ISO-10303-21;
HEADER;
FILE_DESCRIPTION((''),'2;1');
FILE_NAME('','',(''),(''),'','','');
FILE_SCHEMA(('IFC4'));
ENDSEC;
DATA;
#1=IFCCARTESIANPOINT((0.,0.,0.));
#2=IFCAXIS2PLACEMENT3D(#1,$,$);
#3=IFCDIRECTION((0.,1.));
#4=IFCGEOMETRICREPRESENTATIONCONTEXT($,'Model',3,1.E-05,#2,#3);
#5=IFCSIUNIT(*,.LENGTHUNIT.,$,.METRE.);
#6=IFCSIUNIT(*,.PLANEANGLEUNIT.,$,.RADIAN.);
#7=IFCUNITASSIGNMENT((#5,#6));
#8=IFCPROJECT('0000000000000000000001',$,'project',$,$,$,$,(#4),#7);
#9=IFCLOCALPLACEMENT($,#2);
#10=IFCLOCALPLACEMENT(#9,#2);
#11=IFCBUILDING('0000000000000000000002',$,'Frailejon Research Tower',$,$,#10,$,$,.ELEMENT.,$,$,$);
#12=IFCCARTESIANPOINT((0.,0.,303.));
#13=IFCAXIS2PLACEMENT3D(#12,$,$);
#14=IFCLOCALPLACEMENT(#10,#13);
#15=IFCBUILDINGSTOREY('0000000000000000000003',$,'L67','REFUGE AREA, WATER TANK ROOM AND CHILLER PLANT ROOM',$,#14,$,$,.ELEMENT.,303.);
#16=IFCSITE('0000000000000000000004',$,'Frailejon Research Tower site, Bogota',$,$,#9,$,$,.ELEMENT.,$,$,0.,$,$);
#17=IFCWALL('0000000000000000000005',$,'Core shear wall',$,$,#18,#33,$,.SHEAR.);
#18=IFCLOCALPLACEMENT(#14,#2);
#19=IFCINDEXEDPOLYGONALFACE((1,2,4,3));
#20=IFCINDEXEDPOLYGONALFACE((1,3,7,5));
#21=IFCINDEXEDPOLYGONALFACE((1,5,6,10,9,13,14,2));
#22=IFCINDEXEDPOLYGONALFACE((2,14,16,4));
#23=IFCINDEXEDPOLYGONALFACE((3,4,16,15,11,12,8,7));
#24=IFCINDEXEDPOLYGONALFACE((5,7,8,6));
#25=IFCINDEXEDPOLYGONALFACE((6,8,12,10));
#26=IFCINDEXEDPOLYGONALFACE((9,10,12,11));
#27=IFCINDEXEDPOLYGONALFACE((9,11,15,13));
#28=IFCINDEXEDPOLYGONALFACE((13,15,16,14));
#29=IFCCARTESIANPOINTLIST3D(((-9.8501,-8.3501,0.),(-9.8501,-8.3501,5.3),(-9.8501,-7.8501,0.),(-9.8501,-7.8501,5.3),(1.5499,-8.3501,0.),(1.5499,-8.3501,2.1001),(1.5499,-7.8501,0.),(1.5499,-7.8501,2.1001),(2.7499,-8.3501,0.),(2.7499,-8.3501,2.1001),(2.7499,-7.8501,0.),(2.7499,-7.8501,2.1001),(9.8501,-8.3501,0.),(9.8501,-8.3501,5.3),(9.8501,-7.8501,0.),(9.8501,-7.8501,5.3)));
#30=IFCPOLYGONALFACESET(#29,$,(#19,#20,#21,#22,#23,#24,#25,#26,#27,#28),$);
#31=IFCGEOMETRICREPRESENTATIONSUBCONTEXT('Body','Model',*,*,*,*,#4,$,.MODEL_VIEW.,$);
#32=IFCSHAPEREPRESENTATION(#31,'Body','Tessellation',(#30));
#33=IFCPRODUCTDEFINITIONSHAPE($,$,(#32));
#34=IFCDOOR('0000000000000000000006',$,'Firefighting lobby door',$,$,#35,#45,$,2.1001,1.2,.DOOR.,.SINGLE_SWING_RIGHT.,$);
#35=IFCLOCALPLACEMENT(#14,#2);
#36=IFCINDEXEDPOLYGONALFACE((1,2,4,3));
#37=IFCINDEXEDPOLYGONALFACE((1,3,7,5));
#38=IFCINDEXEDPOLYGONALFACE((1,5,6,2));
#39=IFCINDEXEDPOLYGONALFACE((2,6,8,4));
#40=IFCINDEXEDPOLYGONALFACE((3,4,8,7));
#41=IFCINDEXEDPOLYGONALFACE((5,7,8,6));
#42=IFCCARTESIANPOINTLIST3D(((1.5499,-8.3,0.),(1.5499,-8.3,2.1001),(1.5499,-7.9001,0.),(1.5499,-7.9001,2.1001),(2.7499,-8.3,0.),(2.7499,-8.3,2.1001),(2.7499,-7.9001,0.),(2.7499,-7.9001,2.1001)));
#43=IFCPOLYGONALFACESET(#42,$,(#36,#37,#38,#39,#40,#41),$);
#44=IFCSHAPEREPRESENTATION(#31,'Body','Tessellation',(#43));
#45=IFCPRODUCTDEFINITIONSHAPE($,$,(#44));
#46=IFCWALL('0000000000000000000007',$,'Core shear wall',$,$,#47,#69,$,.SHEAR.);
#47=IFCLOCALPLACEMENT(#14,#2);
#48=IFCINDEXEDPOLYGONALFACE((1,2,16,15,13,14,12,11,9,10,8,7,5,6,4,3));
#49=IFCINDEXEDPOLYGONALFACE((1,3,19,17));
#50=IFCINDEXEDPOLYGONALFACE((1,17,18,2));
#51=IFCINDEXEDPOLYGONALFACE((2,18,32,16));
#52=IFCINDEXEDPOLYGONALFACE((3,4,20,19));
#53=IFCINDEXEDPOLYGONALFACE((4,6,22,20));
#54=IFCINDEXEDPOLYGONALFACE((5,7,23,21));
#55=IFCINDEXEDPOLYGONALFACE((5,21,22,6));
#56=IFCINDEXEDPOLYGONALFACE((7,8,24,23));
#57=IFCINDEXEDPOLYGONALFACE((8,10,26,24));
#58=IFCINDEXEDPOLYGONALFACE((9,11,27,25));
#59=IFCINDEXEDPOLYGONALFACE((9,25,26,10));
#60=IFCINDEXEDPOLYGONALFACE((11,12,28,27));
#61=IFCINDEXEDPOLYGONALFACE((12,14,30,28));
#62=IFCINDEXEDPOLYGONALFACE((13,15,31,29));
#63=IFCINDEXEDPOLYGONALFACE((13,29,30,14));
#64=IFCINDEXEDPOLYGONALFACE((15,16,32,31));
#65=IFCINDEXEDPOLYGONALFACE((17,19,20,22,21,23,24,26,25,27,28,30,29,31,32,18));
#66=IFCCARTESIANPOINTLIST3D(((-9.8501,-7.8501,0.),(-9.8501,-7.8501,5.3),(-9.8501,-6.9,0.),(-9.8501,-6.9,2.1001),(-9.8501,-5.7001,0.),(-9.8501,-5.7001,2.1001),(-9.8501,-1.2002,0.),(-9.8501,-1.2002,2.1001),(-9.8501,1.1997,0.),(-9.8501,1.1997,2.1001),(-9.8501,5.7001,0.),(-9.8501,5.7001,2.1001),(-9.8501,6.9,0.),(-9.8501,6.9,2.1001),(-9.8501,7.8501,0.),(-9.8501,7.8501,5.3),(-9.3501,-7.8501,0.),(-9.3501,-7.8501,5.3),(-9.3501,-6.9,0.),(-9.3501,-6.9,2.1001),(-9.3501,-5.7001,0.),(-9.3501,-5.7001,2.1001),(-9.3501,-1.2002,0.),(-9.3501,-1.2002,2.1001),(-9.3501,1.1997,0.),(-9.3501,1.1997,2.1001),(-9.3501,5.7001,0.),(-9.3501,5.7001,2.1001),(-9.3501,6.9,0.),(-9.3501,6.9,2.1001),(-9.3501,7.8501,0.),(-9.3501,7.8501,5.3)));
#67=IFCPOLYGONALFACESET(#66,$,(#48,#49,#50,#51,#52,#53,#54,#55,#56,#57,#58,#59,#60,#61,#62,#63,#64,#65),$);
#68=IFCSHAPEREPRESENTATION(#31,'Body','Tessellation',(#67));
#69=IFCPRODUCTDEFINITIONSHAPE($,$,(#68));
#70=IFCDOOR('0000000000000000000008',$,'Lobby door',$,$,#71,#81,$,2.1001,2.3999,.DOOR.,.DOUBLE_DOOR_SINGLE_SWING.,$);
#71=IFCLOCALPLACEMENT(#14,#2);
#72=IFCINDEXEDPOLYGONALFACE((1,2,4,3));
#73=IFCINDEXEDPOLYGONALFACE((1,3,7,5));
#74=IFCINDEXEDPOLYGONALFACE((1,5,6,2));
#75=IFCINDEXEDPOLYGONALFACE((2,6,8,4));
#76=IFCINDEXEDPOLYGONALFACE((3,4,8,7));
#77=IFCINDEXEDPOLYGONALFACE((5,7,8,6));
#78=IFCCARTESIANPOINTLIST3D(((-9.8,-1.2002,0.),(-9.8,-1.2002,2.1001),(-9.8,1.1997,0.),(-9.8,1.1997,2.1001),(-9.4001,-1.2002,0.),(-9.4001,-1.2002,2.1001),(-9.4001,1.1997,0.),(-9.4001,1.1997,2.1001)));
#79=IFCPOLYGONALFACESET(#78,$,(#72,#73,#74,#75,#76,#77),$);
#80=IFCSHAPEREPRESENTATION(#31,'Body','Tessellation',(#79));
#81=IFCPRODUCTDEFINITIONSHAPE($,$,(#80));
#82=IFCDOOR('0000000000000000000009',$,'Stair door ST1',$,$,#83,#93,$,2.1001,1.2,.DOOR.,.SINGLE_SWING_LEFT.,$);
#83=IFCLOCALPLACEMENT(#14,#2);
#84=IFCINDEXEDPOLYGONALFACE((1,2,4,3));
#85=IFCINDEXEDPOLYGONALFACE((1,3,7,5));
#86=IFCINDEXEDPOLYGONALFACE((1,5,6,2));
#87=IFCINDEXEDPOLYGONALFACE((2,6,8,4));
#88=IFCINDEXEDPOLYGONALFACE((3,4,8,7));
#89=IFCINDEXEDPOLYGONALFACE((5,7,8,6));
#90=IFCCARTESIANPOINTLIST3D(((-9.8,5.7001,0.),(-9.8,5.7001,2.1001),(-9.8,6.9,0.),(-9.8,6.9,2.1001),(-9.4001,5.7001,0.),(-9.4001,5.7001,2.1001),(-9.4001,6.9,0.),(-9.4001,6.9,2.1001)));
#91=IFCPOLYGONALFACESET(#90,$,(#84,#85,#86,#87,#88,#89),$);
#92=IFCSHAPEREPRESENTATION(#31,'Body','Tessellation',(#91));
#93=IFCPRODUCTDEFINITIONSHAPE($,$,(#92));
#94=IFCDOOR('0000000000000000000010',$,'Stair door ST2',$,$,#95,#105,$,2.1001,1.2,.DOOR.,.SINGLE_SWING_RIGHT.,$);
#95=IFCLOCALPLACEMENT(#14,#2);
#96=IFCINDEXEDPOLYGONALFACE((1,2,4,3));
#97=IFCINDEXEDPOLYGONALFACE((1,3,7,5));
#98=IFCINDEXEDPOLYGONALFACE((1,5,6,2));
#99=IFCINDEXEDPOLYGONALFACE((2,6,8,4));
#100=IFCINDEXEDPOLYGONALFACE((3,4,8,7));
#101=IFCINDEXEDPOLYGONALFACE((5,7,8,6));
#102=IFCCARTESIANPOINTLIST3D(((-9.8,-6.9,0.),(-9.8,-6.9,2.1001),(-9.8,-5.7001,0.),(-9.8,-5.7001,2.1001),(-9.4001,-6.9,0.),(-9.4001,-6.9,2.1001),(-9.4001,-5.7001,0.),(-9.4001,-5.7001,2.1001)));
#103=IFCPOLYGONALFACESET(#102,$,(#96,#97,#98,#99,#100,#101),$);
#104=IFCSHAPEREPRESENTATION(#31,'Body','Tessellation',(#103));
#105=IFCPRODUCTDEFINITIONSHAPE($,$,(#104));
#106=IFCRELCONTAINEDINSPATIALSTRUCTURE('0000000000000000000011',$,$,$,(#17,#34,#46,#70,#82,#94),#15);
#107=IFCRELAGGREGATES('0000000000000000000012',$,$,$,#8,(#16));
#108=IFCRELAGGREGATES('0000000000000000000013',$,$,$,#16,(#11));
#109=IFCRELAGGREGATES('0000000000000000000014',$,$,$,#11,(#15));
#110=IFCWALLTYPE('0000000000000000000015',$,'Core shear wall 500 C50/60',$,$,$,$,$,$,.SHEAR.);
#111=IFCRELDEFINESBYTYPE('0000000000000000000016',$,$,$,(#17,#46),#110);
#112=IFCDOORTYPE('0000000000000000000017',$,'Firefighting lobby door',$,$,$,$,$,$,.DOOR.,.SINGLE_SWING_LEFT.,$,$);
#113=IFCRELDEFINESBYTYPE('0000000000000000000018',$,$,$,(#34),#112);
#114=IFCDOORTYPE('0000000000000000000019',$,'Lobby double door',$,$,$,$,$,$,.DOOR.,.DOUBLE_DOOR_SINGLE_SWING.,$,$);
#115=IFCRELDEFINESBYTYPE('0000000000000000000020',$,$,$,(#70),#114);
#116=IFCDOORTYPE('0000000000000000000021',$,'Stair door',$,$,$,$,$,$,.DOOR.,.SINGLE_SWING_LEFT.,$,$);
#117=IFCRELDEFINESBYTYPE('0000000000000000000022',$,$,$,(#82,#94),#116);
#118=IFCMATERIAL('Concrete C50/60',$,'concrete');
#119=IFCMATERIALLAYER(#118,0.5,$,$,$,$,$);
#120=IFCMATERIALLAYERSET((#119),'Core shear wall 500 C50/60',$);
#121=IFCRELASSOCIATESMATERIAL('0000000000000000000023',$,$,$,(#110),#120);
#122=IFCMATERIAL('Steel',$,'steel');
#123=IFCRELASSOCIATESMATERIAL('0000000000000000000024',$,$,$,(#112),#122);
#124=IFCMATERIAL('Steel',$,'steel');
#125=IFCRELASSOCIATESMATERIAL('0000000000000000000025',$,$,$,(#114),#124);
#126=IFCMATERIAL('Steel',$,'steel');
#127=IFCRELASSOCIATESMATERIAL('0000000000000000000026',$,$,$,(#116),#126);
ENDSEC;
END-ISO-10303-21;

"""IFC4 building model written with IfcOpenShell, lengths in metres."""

from ifc_helpers import new_model, si_unit, direction, frame, frame_2d, origin, place, context, subcontext, project, spatial, rectangle, extrude, material, layer, layer_set, type_object, element, fill, save


model = new_model("IFC4")

# Units and contexts
model_context = context("Model", 3, precision=1e-05, world=origin(), true_north=direction((0.0, 1.0)))
body_context = subcontext(model_context, "Body", "Model", "MODEL_VIEW")
ifc_project = project(units=[si_unit("LENGTHUNIT", "METRE"), si_unit("PLANEANGLEUNIT", "RADIAN")], contexts=[model_context])

# Site, building, storey
site_placement = place(None, origin())
site = spatial("IfcSite", under=ifc_project, at=site_placement, Name="Frailejon Research Tower site, Bogota", CompositionType="ELEMENT", RefElevation=0.0)
building_placement = place(site_placement, origin())
building = spatial("IfcBuilding", under=site, at=building_placement, Name="Frailejon Research Tower", CompositionType="ELEMENT")
storey_placement = place(building_placement, frame((0.0, 0.0, 303.0)))
storey = spatial("IfcBuildingStorey", under=building, at=storey_placement, Name="L67", Description="REFUGE AREA, WATER TANK ROOM AND CHILLER PLANT ROOM", CompositionType="ELEMENT", Elevation=303.0)

# Wall, opening, door
ifc_material_1 = material(Name="Concrete C50/60", Category="concrete")
ifc_layer_1 = layer(ifc_material_1, 0.5)
ifc_layer_set_1 = layer_set([ifc_layer_1], Name="Core shear wall 500 C50/60")
wall_type_1 = type_object("IfcWallType", Name="Core shear wall 500 C50/60", PredefinedType="SHEAR", material=ifc_layer_set_1)
wall_1_placement = place(storey_placement, frame((-9.8501, -8.1001, 0.0), z_axis=(0.0, 0.0, 1.0), x_axis=(1.0, 0.0, 0.0)))
wall_1 = element("IfcWall", 1, at=wall_1_placement, inside=storey, type_object=wall_type_1, Name="Core shear wall", PredefinedType="SHEAR", context=body_context, shape_type="SweptSolid", body=[
    extrude(rectangle(XDim=19.7002, YDim=0.5, at=frame_2d((9.8501, 0.0))), origin(), (0.0, 0.0, 1.0), 5.3),
])
opening_1_placement = place(wall_1_placement, frame((11.3999, 0.0, 0.0)))
opening_1 = element("IfcOpeningElement", 2, at=opening_1_placement, cuts=wall_1, PredefinedType="OPENING", context=body_context, shape_type="SweptSolid", body=[
    extrude(rectangle(XDim=1.2, YDim=2.1001, at=frame_2d((0.6001, 1.05))), frame((0.0, 0.26, 0.0), z_axis=(0.0, -1.0, 0.0), x_axis=(1.0, 0.0, 0.0)), (0.0, 0.0, 1.0), 0.52),
])
ifc_material_2 = material(Name="Steel", Category="steel")
door_type_1 = type_object("IfcDoorType", Name="Firefighting lobby door", OperationType="SINGLE_SWING_LEFT", PredefinedType="DOOR", material=ifc_material_2)
door_1_placement = place(opening_1_placement, origin())
door_1 = element("IfcDoor", 3, at=door_1_placement, inside=storey, type_object=door_type_1, Name="Firefighting lobby door", OperationType="SINGLE_SWING_RIGHT", OverallHeight=2.1001, OverallWidth=1.2, PredefinedType="DOOR", context=body_context, shape_type="SweptSolid", body=[
    extrude(rectangle(XDim=1.2, YDim=2.1001, at=frame_2d((0.6001, 1.05))), frame((0.0, 0.2, 0.0), z_axis=(0.0, -1.0, 0.0), x_axis=(1.0, 0.0, 0.0)), (0.0, 0.0, 1.0), 0.3999),
])
fill(opening_1, door_1)

# Wall, openings, doors
wall_2_placement = place(storey_placement, frame((-9.6001, -7.8501, 0.0), z_axis=(0.0, 0.0, 1.0), x_axis=(0.0, 1.0, 0.0)))
wall_2 = element("IfcWall", 4, at=wall_2_placement, inside=storey, type_object=wall_type_1, Name="Core shear wall", PredefinedType="SHEAR", context=body_context, shape_type="SweptSolid", body=[
    extrude(rectangle(XDim=15.7002, YDim=0.5, at=frame_2d((7.8501, 0.0))), origin(), (0.0, 0.0, 1.0), 5.3),
])
opening_2_placement = place(wall_2_placement, frame((6.6499, 0.0, 0.0)))
opening_2 = element("IfcOpeningElement", 5, at=opening_2_placement, cuts=wall_2, PredefinedType="OPENING", context=body_context, shape_type="SweptSolid", body=[
    extrude(rectangle(XDim=2.3999, YDim=2.1001, at=frame_2d((1.2, 1.05))), frame((0.0, 0.26, 0.0), z_axis=(0.0, -1.0, 0.0), x_axis=(1.0, 0.0, 0.0)), (0.0, 0.0, 1.0), 0.52),
])
opening_3_placement = place(wall_2_placement, frame((13.55, 0.0, 0.0)))
opening_3 = element("IfcOpeningElement", 6, at=opening_3_placement, cuts=wall_2, PredefinedType="OPENING", context=body_context, shape_type="SweptSolid", body=[
    extrude(rectangle(XDim=1.2, YDim=2.1001, at=frame_2d((0.6001, 1.05))), frame((0.0, 0.26, 0.0), z_axis=(0.0, -1.0, 0.0), x_axis=(1.0, 0.0, 0.0)), (0.0, 0.0, 1.0), 0.52),
])
opening_4_placement = place(wall_2_placement, frame((0.95, 0.0, 0.0)))
opening_4 = element("IfcOpeningElement", 7, at=opening_4_placement, cuts=wall_2, PredefinedType="OPENING", context=body_context, shape_type="SweptSolid", body=[
    extrude(rectangle(XDim=1.2, YDim=2.1001, at=frame_2d((0.6001, 1.05))), frame((0.0, 0.26, 0.0), z_axis=(0.0, -1.0, 0.0), x_axis=(1.0, 0.0, 0.0)), (0.0, 0.0, 1.0), 0.52),
])
ifc_material_3 = material(Name="Steel", Category="steel")
door_type_2 = type_object("IfcDoorType", Name="Lobby double door", OperationType="DOUBLE_DOOR_SINGLE_SWING", PredefinedType="DOOR", material=ifc_material_3)
door_2_placement = place(opening_2_placement, origin())
door_2 = element("IfcDoor", 8, at=door_2_placement, inside=storey, type_object=door_type_2, Name="Lobby door", OperationType="DOUBLE_DOOR_SINGLE_SWING", OverallHeight=2.1001, OverallWidth=2.3999, PredefinedType="DOOR", context=body_context, shape_type="SweptSolid", body=[
    extrude(rectangle(XDim=2.3999, YDim=2.1001, at=frame_2d((1.2, 1.05))), frame((0.0, 0.2, 0.0), z_axis=(0.0, -1.0, 0.0), x_axis=(1.0, 0.0, 0.0)), (0.0, 0.0, 1.0), 0.3999),
])
fill(opening_2, door_2)
ifc_material_4 = material(Name="Steel", Category="steel")
door_type_3 = type_object("IfcDoorType", Name="Stair door", OperationType="SINGLE_SWING_LEFT", PredefinedType="DOOR", material=ifc_material_4)
door_3_placement = place(opening_3_placement, origin())
door_3 = element("IfcDoor", 9, at=door_3_placement, inside=storey, type_object=door_type_3, Name="Stair door ST1", OperationType="SINGLE_SWING_LEFT", OverallHeight=2.1001, OverallWidth=1.2, PredefinedType="DOOR", context=body_context, shape_type="SweptSolid", body=[
    extrude(rectangle(XDim=1.2, YDim=2.1001, at=frame_2d((0.6001, 1.05))), frame((0.0, 0.2, 0.0), z_axis=(0.0, -1.0, 0.0), x_axis=(1.0, 0.0, 0.0)), (0.0, 0.0, 1.0), 0.3999),
])
fill(opening_3, door_3)
door_4_placement = place(opening_4_placement, origin())
door_4 = element("IfcDoor", 10, at=door_4_placement, inside=storey, type_object=door_type_3, Name="Stair door ST2", OperationType="SINGLE_SWING_RIGHT", OverallHeight=2.1001, OverallWidth=1.2, PredefinedType="DOOR", context=body_context, shape_type="SweptSolid", body=[
    extrude(rectangle(XDim=1.2, YDim=2.1001, at=frame_2d((0.6001, 1.05))), frame((0.0, 0.2, 0.0), z_axis=(0.0, -1.0, 0.0), x_axis=(1.0, 0.0, 0.0)), (0.0, 0.0, 1.0), 0.3999),
])
fill(opening_4, door_4)

save(model, "model.ifc")
